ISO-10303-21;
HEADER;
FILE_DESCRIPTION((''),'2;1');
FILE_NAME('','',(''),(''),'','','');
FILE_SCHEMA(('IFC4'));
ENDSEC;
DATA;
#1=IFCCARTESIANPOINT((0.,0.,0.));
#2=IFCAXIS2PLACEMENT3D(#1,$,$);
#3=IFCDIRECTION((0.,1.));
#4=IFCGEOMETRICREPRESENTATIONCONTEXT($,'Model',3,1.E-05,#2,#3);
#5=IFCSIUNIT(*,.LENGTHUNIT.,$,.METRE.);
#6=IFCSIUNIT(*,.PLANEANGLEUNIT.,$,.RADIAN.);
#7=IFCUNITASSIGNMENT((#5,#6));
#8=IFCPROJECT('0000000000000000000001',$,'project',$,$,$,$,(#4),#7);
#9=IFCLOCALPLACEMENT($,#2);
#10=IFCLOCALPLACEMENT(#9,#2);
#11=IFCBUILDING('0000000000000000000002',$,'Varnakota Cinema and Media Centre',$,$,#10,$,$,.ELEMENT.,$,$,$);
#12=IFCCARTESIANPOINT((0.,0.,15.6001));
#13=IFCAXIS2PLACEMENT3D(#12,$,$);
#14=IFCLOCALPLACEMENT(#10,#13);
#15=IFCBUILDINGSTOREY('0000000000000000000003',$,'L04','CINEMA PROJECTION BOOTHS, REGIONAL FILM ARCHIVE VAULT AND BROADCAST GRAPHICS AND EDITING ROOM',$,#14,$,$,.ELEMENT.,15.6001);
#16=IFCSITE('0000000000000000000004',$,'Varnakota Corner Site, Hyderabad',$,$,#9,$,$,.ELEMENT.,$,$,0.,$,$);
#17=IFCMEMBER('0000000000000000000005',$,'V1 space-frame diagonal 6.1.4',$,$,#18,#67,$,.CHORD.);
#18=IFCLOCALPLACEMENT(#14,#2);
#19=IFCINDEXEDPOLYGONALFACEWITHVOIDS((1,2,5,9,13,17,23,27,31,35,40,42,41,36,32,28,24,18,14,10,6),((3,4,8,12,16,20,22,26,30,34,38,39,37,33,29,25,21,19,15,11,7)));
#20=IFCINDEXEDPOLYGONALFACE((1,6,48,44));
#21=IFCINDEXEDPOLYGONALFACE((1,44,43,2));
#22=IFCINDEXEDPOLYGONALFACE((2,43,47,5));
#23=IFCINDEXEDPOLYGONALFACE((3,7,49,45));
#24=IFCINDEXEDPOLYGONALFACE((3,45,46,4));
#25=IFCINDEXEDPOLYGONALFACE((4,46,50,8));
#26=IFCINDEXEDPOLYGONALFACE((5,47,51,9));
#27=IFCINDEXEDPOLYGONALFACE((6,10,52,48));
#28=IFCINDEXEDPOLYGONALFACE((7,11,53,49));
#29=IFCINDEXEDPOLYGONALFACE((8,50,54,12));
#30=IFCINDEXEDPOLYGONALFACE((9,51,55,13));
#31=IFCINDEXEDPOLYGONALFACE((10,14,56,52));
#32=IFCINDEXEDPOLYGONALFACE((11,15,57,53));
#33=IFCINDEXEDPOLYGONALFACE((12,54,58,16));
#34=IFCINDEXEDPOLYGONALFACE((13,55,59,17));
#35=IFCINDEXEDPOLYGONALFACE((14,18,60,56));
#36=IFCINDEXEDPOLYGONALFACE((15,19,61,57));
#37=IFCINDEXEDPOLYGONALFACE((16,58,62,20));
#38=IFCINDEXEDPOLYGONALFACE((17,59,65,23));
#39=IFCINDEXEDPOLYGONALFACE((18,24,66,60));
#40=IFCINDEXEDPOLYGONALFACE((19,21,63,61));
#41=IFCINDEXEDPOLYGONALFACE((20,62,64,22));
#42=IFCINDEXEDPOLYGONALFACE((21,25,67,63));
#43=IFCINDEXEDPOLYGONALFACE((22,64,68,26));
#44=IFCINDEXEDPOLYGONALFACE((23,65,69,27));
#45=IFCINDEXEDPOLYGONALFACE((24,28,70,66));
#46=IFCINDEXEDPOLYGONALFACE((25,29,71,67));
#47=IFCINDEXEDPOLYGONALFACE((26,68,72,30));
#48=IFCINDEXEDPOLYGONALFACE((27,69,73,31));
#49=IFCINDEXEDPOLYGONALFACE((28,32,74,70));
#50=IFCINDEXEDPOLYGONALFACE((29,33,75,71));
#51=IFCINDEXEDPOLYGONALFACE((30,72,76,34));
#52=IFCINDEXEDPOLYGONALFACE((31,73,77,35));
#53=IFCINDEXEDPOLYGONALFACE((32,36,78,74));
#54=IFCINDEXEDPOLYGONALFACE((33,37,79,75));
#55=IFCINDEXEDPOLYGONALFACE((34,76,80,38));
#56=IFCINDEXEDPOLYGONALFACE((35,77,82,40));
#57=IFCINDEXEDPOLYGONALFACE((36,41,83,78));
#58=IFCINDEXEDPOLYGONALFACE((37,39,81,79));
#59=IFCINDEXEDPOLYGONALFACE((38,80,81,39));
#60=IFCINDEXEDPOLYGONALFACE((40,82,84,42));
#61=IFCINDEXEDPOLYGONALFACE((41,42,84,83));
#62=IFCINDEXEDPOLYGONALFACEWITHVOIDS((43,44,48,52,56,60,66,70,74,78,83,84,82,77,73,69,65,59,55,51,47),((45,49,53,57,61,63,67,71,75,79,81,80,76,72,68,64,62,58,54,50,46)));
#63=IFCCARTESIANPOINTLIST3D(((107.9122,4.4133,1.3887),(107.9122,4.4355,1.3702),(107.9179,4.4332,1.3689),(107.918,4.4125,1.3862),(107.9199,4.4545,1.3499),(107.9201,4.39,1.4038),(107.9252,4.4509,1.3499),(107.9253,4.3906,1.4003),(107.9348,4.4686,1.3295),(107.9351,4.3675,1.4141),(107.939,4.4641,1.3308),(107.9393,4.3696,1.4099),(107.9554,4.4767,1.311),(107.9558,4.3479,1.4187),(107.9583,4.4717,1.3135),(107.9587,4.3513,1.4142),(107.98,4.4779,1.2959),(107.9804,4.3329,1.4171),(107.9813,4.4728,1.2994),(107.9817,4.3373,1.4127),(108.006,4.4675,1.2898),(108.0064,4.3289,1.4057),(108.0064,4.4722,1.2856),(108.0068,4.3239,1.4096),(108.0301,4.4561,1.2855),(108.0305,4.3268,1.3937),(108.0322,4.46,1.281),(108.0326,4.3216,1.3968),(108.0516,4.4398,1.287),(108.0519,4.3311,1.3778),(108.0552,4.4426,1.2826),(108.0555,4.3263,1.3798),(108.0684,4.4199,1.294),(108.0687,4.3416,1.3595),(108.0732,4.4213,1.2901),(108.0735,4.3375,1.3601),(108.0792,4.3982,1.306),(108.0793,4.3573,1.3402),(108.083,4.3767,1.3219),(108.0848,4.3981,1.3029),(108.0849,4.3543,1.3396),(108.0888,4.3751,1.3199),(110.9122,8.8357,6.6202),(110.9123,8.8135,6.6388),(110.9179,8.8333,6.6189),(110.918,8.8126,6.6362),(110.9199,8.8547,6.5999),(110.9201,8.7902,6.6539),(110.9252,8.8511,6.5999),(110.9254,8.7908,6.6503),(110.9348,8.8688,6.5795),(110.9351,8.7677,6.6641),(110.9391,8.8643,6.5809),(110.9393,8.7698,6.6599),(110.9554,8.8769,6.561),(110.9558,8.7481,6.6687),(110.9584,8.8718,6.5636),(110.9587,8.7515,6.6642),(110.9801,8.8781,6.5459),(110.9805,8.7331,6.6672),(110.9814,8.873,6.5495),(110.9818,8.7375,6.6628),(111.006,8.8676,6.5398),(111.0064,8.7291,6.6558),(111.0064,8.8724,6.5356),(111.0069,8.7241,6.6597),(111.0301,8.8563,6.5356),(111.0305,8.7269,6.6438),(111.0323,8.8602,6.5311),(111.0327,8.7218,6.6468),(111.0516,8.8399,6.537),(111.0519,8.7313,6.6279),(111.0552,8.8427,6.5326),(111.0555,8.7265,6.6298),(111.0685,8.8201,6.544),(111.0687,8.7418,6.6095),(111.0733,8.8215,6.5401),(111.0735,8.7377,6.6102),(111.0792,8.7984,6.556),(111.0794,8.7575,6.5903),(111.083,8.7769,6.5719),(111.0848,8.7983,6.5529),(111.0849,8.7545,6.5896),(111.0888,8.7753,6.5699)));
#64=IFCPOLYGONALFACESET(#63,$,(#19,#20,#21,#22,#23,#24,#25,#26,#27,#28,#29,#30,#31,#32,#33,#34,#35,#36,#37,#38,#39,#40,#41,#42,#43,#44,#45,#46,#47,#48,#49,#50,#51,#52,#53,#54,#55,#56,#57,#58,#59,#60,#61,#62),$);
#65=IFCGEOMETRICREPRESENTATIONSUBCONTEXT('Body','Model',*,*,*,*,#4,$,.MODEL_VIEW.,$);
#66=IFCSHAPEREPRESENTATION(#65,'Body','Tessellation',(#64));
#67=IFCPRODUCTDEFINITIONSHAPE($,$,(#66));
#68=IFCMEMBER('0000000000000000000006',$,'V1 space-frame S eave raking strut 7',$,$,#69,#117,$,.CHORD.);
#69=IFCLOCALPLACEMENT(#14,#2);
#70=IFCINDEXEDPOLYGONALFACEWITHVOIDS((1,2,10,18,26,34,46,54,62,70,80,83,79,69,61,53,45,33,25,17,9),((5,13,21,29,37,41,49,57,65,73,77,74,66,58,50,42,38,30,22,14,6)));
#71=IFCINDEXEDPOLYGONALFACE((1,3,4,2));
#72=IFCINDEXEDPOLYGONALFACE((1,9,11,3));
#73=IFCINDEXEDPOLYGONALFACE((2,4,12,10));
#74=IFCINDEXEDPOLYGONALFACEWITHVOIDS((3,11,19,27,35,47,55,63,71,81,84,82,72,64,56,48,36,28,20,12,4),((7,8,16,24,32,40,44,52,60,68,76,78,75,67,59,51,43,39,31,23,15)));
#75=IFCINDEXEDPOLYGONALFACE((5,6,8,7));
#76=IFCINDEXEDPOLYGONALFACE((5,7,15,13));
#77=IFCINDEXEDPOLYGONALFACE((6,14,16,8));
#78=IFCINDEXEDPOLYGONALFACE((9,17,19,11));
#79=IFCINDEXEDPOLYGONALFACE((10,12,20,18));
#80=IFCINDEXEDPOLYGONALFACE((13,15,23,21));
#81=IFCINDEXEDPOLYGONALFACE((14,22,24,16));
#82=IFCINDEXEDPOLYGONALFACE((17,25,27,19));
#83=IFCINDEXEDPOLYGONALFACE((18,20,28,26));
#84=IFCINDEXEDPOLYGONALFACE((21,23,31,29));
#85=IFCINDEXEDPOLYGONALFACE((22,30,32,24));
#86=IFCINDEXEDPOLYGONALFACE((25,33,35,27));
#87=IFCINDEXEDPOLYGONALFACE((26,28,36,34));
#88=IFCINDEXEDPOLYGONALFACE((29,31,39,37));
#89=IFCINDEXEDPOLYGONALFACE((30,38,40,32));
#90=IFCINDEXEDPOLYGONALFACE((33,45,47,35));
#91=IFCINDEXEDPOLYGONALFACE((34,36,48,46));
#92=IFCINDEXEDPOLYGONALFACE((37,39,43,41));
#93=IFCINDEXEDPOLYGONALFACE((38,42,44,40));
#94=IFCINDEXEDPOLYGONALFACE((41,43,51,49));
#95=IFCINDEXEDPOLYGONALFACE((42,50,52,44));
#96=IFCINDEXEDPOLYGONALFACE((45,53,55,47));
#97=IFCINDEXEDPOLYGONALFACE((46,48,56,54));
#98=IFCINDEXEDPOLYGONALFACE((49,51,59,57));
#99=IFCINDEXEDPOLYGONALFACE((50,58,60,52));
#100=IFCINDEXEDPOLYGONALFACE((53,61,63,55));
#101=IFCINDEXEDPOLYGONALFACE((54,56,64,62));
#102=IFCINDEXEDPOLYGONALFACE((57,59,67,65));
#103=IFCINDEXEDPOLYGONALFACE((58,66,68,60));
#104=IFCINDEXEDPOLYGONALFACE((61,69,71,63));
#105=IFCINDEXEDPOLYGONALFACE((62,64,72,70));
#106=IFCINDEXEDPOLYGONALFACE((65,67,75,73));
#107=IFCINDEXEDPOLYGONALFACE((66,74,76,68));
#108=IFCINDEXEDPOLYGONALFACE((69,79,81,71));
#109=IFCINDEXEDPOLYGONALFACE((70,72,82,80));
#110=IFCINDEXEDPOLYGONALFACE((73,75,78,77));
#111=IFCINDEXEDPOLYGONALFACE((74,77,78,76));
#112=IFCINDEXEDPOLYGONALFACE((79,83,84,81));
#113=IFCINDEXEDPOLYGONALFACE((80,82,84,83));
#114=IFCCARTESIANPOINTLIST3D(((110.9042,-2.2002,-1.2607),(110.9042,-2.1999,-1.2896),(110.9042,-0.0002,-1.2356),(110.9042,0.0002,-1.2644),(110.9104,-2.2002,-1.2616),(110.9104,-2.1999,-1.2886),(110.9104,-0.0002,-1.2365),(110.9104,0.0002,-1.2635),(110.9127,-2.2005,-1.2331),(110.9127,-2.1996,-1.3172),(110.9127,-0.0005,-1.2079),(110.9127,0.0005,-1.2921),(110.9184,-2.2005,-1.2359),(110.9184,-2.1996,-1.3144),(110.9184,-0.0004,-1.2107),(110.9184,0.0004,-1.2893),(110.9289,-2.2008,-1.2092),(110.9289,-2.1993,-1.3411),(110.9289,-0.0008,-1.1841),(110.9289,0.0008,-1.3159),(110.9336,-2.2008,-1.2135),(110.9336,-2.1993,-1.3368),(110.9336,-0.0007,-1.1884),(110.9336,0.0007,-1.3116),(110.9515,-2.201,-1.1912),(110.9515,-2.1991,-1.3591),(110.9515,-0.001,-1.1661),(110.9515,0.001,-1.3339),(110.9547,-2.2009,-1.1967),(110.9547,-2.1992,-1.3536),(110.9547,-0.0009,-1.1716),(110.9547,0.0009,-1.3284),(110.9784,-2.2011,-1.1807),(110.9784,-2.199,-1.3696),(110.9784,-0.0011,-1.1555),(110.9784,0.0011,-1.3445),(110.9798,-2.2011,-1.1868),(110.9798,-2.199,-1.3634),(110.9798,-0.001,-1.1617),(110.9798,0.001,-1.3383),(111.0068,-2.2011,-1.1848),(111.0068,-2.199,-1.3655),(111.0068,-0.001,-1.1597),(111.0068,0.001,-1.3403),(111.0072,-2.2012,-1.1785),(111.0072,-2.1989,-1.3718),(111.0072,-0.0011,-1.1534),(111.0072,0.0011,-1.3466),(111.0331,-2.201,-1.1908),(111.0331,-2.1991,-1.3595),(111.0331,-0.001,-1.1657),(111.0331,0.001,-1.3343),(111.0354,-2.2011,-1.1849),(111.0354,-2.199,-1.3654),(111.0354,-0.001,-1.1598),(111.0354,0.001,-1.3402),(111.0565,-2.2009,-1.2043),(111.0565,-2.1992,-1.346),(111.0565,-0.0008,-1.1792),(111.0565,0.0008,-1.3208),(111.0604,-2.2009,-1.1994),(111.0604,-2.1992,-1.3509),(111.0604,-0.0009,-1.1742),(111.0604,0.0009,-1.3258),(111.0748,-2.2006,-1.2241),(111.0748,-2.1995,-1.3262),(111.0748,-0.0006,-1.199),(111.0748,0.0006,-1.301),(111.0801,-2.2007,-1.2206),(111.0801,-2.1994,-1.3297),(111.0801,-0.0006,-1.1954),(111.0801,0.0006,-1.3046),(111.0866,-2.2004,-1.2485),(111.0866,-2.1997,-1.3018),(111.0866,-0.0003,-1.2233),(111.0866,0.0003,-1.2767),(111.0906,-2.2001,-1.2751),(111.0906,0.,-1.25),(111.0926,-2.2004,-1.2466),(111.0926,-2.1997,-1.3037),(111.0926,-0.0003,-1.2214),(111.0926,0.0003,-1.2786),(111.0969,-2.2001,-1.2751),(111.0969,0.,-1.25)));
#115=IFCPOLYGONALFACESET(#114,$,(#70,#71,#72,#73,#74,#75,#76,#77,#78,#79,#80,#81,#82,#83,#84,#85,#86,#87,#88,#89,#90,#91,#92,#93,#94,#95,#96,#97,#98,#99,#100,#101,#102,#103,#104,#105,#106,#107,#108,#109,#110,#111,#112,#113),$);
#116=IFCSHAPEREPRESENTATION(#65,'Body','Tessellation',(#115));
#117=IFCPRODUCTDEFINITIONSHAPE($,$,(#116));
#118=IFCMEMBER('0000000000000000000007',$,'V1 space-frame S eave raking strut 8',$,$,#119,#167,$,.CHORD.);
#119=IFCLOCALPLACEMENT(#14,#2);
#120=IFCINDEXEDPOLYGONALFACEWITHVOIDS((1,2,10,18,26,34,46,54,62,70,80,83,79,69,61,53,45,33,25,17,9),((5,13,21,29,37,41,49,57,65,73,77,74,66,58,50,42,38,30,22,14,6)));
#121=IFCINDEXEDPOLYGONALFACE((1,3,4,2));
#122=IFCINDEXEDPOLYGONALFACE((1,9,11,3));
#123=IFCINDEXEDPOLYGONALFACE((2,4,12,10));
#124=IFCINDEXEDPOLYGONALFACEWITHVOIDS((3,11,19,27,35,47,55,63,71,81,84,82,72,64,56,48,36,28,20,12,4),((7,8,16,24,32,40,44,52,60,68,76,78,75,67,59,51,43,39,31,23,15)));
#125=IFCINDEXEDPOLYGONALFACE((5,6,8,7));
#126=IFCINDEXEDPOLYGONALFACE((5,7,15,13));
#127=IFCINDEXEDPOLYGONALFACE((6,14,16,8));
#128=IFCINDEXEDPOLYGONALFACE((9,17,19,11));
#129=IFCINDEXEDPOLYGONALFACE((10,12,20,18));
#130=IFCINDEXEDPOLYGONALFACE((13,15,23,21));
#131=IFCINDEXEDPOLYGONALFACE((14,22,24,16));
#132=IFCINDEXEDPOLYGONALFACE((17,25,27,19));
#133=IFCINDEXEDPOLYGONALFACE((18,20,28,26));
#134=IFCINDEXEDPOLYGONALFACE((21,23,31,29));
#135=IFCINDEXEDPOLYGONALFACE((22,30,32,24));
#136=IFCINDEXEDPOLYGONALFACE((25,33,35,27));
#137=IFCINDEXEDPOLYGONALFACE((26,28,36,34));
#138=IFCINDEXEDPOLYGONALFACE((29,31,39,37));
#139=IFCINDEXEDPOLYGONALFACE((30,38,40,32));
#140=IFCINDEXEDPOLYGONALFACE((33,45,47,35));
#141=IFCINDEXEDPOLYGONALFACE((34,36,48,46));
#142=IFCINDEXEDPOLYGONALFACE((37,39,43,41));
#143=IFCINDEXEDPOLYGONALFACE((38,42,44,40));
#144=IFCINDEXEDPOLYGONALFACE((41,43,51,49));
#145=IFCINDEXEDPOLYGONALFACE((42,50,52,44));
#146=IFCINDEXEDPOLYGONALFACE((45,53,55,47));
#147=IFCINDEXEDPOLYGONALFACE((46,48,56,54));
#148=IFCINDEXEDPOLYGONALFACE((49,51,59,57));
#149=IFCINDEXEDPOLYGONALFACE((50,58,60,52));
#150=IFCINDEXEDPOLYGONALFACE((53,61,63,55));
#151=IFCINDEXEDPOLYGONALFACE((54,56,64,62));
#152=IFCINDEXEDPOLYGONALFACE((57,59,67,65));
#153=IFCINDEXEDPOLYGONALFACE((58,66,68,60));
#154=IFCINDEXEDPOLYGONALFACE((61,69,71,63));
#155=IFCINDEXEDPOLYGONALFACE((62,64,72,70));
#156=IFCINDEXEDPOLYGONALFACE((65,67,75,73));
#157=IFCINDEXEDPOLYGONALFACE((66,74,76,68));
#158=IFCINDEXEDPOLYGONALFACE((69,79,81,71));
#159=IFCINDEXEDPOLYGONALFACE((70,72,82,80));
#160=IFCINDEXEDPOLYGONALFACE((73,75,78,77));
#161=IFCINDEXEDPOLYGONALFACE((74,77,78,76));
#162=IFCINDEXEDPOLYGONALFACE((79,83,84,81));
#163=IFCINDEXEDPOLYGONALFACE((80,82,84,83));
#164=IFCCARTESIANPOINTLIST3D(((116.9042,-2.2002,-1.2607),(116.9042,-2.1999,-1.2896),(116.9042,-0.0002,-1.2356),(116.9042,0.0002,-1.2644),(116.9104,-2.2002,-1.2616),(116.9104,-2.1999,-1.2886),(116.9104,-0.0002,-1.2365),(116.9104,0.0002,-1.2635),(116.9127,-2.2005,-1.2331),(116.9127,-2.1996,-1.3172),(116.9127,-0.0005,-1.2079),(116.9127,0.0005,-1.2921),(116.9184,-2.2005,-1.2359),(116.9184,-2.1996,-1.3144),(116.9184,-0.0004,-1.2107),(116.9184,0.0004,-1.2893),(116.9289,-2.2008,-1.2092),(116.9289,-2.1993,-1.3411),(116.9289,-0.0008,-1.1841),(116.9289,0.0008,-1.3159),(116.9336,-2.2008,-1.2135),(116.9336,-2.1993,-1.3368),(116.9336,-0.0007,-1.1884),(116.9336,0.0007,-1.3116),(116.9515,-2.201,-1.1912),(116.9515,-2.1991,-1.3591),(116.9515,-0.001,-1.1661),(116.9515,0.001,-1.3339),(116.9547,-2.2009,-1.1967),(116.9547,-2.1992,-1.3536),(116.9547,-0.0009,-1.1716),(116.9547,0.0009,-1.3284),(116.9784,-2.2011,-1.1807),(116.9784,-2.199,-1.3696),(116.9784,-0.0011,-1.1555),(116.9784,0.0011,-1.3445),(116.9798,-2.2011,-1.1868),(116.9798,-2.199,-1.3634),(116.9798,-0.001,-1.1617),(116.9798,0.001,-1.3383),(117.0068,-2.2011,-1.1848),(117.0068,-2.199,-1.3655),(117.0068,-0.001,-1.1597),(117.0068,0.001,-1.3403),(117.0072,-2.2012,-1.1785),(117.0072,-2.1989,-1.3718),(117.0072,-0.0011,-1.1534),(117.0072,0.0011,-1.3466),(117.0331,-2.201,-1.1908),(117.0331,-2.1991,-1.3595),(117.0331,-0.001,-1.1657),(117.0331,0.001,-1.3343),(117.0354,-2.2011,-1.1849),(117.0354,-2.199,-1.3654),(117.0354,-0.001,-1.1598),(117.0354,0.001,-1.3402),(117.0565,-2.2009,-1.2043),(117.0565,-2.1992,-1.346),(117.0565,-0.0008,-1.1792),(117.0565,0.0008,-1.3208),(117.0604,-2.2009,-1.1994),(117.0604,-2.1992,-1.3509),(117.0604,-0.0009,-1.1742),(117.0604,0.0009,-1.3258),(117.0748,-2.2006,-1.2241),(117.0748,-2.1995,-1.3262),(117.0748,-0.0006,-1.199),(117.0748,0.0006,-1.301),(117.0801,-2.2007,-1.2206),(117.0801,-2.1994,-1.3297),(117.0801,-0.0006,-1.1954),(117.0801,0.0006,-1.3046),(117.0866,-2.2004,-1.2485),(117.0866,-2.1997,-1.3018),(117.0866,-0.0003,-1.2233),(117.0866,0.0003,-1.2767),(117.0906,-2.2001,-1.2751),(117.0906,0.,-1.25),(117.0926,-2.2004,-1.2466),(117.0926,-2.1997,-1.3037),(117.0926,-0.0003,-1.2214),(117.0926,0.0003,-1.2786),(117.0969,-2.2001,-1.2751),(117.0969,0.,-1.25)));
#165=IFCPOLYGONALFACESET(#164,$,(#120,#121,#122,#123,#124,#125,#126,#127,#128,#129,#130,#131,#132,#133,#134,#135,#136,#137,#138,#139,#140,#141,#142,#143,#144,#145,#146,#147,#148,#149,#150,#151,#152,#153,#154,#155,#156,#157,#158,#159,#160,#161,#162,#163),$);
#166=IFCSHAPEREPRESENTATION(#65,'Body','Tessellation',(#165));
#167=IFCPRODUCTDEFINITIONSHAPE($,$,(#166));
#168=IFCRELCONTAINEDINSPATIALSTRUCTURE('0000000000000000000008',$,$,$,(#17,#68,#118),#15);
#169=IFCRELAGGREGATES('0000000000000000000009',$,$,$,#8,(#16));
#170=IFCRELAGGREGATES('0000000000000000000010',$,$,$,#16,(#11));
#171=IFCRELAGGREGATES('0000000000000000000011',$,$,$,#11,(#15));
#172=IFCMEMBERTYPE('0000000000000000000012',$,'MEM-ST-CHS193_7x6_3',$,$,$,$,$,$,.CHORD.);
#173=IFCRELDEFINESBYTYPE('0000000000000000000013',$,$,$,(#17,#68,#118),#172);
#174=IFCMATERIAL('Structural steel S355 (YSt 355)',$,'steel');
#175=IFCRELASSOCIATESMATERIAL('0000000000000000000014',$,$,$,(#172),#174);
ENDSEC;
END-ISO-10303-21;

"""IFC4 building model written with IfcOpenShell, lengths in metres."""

from ifc_helpers import new_model, si_unit, direction, frame, origin, origin_2d, place, context, subcontext, project, spatial, hollow_circle, extrude, material, material_profile, profile_set, type_object, element, save


model = new_model("IFC4")

# Units and contexts
model_context = context("Model", 3, precision=1e-05, world=origin(), true_north=direction((0.0, 1.0)))
body_context = subcontext(model_context, "Body", "Model", "MODEL_VIEW")
ifc_project = project(units=[si_unit("LENGTHUNIT", "METRE"), si_unit("PLANEANGLEUNIT", "RADIAN")], contexts=[model_context])

# Site, building, storey
site_placement = place(None, origin())
site = spatial("IfcSite", under=ifc_project, at=site_placement, Name="Varnakota Corner Site, Hyderabad", CompositionType="ELEMENT", RefElevation=0.0)
building_placement = place(site_placement, origin())
building = spatial("IfcBuilding", under=site, at=building_placement, Name="Varnakota Cinema and Media Centre", CompositionType="ELEMENT")
storey_placement = place(building_placement, frame((0.0, 0.0, 15.6001)))
storey = spatial("IfcBuildingStorey", under=building, at=storey_placement, Name="L04", Description="CINEMA PROJECTION BOOTHS, REGIONAL FILM ARCHIVE VAULT AND BROADCAST GRAPHICS AND EDITING ROOM", CompositionType="ELEMENT", Elevation=15.6001)

# Members
ifc_material_1 = material(Name="Structural steel S355 (YSt 355)", Category="steel")
ifc_material_profile_1 = material_profile(ifc_material_1, hollow_circle(Radius=0.0969, WallThickness=0.0063, at=origin_2d()), Name="CHS 193.7x6.3")
ifc_profile_set_1 = profile_set([ifc_material_profile_1], Name="Structural steel S355 (YSt 355)")
member_type_1 = type_object("IfcMemberType", Name="MEM-ST-CHS193_7x6_3", PredefinedType="CHORD", material=ifc_profile_set_1)
member_1_placement = place(storey_placement, frame((108.0, 4.3999, 1.3499), z_axis=(0.401165, 0.588395, 0.702039), x_axis=(-0.826236, 0.563324, 0.0)))
element("IfcMember", 1, at=member_1_placement, inside=storey, type_object=member_type_1, Name="V1 space-frame diagonal 6.1.4", PredefinedType="CHORD", context=body_context, shape_type="SweptSolid", body=[
    extrude(hollow_circle(Radius=0.0969, WallThickness=0.0063, at=origin_2d()), origin(), (0.0, 0.0, 1.0), 7.4783),
])
for number, where, z_axis, x_axis, name in (
    (2, (111.0, 0.0, -1.25), (0.0, -0.999935, -0.01143), (1.0, 0.0, 0.0), "V1 space-frame S eave raking strut 7"),
    (3, (117.0, 0.0, -1.25), (0.0, -0.999935, -0.01143), (1.0, 0.0, 0.0), "V1 space-frame S eave raking strut 8"),
):
    element("IfcMember", number, at=place(storey_placement, frame(where, z_axis=z_axis, x_axis=x_axis)), inside=storey, type_object=member_type_1, Name=name, PredefinedType="CHORD", context=body_context, shape_type="SweptSolid", body=[
        extrude(hollow_circle(Radius=0.0969, WallThickness=0.0063, at=origin_2d()), origin(), (0.0, 0.0, 1.0), 2.2002),
    ])

save(model, "model.ifc")
